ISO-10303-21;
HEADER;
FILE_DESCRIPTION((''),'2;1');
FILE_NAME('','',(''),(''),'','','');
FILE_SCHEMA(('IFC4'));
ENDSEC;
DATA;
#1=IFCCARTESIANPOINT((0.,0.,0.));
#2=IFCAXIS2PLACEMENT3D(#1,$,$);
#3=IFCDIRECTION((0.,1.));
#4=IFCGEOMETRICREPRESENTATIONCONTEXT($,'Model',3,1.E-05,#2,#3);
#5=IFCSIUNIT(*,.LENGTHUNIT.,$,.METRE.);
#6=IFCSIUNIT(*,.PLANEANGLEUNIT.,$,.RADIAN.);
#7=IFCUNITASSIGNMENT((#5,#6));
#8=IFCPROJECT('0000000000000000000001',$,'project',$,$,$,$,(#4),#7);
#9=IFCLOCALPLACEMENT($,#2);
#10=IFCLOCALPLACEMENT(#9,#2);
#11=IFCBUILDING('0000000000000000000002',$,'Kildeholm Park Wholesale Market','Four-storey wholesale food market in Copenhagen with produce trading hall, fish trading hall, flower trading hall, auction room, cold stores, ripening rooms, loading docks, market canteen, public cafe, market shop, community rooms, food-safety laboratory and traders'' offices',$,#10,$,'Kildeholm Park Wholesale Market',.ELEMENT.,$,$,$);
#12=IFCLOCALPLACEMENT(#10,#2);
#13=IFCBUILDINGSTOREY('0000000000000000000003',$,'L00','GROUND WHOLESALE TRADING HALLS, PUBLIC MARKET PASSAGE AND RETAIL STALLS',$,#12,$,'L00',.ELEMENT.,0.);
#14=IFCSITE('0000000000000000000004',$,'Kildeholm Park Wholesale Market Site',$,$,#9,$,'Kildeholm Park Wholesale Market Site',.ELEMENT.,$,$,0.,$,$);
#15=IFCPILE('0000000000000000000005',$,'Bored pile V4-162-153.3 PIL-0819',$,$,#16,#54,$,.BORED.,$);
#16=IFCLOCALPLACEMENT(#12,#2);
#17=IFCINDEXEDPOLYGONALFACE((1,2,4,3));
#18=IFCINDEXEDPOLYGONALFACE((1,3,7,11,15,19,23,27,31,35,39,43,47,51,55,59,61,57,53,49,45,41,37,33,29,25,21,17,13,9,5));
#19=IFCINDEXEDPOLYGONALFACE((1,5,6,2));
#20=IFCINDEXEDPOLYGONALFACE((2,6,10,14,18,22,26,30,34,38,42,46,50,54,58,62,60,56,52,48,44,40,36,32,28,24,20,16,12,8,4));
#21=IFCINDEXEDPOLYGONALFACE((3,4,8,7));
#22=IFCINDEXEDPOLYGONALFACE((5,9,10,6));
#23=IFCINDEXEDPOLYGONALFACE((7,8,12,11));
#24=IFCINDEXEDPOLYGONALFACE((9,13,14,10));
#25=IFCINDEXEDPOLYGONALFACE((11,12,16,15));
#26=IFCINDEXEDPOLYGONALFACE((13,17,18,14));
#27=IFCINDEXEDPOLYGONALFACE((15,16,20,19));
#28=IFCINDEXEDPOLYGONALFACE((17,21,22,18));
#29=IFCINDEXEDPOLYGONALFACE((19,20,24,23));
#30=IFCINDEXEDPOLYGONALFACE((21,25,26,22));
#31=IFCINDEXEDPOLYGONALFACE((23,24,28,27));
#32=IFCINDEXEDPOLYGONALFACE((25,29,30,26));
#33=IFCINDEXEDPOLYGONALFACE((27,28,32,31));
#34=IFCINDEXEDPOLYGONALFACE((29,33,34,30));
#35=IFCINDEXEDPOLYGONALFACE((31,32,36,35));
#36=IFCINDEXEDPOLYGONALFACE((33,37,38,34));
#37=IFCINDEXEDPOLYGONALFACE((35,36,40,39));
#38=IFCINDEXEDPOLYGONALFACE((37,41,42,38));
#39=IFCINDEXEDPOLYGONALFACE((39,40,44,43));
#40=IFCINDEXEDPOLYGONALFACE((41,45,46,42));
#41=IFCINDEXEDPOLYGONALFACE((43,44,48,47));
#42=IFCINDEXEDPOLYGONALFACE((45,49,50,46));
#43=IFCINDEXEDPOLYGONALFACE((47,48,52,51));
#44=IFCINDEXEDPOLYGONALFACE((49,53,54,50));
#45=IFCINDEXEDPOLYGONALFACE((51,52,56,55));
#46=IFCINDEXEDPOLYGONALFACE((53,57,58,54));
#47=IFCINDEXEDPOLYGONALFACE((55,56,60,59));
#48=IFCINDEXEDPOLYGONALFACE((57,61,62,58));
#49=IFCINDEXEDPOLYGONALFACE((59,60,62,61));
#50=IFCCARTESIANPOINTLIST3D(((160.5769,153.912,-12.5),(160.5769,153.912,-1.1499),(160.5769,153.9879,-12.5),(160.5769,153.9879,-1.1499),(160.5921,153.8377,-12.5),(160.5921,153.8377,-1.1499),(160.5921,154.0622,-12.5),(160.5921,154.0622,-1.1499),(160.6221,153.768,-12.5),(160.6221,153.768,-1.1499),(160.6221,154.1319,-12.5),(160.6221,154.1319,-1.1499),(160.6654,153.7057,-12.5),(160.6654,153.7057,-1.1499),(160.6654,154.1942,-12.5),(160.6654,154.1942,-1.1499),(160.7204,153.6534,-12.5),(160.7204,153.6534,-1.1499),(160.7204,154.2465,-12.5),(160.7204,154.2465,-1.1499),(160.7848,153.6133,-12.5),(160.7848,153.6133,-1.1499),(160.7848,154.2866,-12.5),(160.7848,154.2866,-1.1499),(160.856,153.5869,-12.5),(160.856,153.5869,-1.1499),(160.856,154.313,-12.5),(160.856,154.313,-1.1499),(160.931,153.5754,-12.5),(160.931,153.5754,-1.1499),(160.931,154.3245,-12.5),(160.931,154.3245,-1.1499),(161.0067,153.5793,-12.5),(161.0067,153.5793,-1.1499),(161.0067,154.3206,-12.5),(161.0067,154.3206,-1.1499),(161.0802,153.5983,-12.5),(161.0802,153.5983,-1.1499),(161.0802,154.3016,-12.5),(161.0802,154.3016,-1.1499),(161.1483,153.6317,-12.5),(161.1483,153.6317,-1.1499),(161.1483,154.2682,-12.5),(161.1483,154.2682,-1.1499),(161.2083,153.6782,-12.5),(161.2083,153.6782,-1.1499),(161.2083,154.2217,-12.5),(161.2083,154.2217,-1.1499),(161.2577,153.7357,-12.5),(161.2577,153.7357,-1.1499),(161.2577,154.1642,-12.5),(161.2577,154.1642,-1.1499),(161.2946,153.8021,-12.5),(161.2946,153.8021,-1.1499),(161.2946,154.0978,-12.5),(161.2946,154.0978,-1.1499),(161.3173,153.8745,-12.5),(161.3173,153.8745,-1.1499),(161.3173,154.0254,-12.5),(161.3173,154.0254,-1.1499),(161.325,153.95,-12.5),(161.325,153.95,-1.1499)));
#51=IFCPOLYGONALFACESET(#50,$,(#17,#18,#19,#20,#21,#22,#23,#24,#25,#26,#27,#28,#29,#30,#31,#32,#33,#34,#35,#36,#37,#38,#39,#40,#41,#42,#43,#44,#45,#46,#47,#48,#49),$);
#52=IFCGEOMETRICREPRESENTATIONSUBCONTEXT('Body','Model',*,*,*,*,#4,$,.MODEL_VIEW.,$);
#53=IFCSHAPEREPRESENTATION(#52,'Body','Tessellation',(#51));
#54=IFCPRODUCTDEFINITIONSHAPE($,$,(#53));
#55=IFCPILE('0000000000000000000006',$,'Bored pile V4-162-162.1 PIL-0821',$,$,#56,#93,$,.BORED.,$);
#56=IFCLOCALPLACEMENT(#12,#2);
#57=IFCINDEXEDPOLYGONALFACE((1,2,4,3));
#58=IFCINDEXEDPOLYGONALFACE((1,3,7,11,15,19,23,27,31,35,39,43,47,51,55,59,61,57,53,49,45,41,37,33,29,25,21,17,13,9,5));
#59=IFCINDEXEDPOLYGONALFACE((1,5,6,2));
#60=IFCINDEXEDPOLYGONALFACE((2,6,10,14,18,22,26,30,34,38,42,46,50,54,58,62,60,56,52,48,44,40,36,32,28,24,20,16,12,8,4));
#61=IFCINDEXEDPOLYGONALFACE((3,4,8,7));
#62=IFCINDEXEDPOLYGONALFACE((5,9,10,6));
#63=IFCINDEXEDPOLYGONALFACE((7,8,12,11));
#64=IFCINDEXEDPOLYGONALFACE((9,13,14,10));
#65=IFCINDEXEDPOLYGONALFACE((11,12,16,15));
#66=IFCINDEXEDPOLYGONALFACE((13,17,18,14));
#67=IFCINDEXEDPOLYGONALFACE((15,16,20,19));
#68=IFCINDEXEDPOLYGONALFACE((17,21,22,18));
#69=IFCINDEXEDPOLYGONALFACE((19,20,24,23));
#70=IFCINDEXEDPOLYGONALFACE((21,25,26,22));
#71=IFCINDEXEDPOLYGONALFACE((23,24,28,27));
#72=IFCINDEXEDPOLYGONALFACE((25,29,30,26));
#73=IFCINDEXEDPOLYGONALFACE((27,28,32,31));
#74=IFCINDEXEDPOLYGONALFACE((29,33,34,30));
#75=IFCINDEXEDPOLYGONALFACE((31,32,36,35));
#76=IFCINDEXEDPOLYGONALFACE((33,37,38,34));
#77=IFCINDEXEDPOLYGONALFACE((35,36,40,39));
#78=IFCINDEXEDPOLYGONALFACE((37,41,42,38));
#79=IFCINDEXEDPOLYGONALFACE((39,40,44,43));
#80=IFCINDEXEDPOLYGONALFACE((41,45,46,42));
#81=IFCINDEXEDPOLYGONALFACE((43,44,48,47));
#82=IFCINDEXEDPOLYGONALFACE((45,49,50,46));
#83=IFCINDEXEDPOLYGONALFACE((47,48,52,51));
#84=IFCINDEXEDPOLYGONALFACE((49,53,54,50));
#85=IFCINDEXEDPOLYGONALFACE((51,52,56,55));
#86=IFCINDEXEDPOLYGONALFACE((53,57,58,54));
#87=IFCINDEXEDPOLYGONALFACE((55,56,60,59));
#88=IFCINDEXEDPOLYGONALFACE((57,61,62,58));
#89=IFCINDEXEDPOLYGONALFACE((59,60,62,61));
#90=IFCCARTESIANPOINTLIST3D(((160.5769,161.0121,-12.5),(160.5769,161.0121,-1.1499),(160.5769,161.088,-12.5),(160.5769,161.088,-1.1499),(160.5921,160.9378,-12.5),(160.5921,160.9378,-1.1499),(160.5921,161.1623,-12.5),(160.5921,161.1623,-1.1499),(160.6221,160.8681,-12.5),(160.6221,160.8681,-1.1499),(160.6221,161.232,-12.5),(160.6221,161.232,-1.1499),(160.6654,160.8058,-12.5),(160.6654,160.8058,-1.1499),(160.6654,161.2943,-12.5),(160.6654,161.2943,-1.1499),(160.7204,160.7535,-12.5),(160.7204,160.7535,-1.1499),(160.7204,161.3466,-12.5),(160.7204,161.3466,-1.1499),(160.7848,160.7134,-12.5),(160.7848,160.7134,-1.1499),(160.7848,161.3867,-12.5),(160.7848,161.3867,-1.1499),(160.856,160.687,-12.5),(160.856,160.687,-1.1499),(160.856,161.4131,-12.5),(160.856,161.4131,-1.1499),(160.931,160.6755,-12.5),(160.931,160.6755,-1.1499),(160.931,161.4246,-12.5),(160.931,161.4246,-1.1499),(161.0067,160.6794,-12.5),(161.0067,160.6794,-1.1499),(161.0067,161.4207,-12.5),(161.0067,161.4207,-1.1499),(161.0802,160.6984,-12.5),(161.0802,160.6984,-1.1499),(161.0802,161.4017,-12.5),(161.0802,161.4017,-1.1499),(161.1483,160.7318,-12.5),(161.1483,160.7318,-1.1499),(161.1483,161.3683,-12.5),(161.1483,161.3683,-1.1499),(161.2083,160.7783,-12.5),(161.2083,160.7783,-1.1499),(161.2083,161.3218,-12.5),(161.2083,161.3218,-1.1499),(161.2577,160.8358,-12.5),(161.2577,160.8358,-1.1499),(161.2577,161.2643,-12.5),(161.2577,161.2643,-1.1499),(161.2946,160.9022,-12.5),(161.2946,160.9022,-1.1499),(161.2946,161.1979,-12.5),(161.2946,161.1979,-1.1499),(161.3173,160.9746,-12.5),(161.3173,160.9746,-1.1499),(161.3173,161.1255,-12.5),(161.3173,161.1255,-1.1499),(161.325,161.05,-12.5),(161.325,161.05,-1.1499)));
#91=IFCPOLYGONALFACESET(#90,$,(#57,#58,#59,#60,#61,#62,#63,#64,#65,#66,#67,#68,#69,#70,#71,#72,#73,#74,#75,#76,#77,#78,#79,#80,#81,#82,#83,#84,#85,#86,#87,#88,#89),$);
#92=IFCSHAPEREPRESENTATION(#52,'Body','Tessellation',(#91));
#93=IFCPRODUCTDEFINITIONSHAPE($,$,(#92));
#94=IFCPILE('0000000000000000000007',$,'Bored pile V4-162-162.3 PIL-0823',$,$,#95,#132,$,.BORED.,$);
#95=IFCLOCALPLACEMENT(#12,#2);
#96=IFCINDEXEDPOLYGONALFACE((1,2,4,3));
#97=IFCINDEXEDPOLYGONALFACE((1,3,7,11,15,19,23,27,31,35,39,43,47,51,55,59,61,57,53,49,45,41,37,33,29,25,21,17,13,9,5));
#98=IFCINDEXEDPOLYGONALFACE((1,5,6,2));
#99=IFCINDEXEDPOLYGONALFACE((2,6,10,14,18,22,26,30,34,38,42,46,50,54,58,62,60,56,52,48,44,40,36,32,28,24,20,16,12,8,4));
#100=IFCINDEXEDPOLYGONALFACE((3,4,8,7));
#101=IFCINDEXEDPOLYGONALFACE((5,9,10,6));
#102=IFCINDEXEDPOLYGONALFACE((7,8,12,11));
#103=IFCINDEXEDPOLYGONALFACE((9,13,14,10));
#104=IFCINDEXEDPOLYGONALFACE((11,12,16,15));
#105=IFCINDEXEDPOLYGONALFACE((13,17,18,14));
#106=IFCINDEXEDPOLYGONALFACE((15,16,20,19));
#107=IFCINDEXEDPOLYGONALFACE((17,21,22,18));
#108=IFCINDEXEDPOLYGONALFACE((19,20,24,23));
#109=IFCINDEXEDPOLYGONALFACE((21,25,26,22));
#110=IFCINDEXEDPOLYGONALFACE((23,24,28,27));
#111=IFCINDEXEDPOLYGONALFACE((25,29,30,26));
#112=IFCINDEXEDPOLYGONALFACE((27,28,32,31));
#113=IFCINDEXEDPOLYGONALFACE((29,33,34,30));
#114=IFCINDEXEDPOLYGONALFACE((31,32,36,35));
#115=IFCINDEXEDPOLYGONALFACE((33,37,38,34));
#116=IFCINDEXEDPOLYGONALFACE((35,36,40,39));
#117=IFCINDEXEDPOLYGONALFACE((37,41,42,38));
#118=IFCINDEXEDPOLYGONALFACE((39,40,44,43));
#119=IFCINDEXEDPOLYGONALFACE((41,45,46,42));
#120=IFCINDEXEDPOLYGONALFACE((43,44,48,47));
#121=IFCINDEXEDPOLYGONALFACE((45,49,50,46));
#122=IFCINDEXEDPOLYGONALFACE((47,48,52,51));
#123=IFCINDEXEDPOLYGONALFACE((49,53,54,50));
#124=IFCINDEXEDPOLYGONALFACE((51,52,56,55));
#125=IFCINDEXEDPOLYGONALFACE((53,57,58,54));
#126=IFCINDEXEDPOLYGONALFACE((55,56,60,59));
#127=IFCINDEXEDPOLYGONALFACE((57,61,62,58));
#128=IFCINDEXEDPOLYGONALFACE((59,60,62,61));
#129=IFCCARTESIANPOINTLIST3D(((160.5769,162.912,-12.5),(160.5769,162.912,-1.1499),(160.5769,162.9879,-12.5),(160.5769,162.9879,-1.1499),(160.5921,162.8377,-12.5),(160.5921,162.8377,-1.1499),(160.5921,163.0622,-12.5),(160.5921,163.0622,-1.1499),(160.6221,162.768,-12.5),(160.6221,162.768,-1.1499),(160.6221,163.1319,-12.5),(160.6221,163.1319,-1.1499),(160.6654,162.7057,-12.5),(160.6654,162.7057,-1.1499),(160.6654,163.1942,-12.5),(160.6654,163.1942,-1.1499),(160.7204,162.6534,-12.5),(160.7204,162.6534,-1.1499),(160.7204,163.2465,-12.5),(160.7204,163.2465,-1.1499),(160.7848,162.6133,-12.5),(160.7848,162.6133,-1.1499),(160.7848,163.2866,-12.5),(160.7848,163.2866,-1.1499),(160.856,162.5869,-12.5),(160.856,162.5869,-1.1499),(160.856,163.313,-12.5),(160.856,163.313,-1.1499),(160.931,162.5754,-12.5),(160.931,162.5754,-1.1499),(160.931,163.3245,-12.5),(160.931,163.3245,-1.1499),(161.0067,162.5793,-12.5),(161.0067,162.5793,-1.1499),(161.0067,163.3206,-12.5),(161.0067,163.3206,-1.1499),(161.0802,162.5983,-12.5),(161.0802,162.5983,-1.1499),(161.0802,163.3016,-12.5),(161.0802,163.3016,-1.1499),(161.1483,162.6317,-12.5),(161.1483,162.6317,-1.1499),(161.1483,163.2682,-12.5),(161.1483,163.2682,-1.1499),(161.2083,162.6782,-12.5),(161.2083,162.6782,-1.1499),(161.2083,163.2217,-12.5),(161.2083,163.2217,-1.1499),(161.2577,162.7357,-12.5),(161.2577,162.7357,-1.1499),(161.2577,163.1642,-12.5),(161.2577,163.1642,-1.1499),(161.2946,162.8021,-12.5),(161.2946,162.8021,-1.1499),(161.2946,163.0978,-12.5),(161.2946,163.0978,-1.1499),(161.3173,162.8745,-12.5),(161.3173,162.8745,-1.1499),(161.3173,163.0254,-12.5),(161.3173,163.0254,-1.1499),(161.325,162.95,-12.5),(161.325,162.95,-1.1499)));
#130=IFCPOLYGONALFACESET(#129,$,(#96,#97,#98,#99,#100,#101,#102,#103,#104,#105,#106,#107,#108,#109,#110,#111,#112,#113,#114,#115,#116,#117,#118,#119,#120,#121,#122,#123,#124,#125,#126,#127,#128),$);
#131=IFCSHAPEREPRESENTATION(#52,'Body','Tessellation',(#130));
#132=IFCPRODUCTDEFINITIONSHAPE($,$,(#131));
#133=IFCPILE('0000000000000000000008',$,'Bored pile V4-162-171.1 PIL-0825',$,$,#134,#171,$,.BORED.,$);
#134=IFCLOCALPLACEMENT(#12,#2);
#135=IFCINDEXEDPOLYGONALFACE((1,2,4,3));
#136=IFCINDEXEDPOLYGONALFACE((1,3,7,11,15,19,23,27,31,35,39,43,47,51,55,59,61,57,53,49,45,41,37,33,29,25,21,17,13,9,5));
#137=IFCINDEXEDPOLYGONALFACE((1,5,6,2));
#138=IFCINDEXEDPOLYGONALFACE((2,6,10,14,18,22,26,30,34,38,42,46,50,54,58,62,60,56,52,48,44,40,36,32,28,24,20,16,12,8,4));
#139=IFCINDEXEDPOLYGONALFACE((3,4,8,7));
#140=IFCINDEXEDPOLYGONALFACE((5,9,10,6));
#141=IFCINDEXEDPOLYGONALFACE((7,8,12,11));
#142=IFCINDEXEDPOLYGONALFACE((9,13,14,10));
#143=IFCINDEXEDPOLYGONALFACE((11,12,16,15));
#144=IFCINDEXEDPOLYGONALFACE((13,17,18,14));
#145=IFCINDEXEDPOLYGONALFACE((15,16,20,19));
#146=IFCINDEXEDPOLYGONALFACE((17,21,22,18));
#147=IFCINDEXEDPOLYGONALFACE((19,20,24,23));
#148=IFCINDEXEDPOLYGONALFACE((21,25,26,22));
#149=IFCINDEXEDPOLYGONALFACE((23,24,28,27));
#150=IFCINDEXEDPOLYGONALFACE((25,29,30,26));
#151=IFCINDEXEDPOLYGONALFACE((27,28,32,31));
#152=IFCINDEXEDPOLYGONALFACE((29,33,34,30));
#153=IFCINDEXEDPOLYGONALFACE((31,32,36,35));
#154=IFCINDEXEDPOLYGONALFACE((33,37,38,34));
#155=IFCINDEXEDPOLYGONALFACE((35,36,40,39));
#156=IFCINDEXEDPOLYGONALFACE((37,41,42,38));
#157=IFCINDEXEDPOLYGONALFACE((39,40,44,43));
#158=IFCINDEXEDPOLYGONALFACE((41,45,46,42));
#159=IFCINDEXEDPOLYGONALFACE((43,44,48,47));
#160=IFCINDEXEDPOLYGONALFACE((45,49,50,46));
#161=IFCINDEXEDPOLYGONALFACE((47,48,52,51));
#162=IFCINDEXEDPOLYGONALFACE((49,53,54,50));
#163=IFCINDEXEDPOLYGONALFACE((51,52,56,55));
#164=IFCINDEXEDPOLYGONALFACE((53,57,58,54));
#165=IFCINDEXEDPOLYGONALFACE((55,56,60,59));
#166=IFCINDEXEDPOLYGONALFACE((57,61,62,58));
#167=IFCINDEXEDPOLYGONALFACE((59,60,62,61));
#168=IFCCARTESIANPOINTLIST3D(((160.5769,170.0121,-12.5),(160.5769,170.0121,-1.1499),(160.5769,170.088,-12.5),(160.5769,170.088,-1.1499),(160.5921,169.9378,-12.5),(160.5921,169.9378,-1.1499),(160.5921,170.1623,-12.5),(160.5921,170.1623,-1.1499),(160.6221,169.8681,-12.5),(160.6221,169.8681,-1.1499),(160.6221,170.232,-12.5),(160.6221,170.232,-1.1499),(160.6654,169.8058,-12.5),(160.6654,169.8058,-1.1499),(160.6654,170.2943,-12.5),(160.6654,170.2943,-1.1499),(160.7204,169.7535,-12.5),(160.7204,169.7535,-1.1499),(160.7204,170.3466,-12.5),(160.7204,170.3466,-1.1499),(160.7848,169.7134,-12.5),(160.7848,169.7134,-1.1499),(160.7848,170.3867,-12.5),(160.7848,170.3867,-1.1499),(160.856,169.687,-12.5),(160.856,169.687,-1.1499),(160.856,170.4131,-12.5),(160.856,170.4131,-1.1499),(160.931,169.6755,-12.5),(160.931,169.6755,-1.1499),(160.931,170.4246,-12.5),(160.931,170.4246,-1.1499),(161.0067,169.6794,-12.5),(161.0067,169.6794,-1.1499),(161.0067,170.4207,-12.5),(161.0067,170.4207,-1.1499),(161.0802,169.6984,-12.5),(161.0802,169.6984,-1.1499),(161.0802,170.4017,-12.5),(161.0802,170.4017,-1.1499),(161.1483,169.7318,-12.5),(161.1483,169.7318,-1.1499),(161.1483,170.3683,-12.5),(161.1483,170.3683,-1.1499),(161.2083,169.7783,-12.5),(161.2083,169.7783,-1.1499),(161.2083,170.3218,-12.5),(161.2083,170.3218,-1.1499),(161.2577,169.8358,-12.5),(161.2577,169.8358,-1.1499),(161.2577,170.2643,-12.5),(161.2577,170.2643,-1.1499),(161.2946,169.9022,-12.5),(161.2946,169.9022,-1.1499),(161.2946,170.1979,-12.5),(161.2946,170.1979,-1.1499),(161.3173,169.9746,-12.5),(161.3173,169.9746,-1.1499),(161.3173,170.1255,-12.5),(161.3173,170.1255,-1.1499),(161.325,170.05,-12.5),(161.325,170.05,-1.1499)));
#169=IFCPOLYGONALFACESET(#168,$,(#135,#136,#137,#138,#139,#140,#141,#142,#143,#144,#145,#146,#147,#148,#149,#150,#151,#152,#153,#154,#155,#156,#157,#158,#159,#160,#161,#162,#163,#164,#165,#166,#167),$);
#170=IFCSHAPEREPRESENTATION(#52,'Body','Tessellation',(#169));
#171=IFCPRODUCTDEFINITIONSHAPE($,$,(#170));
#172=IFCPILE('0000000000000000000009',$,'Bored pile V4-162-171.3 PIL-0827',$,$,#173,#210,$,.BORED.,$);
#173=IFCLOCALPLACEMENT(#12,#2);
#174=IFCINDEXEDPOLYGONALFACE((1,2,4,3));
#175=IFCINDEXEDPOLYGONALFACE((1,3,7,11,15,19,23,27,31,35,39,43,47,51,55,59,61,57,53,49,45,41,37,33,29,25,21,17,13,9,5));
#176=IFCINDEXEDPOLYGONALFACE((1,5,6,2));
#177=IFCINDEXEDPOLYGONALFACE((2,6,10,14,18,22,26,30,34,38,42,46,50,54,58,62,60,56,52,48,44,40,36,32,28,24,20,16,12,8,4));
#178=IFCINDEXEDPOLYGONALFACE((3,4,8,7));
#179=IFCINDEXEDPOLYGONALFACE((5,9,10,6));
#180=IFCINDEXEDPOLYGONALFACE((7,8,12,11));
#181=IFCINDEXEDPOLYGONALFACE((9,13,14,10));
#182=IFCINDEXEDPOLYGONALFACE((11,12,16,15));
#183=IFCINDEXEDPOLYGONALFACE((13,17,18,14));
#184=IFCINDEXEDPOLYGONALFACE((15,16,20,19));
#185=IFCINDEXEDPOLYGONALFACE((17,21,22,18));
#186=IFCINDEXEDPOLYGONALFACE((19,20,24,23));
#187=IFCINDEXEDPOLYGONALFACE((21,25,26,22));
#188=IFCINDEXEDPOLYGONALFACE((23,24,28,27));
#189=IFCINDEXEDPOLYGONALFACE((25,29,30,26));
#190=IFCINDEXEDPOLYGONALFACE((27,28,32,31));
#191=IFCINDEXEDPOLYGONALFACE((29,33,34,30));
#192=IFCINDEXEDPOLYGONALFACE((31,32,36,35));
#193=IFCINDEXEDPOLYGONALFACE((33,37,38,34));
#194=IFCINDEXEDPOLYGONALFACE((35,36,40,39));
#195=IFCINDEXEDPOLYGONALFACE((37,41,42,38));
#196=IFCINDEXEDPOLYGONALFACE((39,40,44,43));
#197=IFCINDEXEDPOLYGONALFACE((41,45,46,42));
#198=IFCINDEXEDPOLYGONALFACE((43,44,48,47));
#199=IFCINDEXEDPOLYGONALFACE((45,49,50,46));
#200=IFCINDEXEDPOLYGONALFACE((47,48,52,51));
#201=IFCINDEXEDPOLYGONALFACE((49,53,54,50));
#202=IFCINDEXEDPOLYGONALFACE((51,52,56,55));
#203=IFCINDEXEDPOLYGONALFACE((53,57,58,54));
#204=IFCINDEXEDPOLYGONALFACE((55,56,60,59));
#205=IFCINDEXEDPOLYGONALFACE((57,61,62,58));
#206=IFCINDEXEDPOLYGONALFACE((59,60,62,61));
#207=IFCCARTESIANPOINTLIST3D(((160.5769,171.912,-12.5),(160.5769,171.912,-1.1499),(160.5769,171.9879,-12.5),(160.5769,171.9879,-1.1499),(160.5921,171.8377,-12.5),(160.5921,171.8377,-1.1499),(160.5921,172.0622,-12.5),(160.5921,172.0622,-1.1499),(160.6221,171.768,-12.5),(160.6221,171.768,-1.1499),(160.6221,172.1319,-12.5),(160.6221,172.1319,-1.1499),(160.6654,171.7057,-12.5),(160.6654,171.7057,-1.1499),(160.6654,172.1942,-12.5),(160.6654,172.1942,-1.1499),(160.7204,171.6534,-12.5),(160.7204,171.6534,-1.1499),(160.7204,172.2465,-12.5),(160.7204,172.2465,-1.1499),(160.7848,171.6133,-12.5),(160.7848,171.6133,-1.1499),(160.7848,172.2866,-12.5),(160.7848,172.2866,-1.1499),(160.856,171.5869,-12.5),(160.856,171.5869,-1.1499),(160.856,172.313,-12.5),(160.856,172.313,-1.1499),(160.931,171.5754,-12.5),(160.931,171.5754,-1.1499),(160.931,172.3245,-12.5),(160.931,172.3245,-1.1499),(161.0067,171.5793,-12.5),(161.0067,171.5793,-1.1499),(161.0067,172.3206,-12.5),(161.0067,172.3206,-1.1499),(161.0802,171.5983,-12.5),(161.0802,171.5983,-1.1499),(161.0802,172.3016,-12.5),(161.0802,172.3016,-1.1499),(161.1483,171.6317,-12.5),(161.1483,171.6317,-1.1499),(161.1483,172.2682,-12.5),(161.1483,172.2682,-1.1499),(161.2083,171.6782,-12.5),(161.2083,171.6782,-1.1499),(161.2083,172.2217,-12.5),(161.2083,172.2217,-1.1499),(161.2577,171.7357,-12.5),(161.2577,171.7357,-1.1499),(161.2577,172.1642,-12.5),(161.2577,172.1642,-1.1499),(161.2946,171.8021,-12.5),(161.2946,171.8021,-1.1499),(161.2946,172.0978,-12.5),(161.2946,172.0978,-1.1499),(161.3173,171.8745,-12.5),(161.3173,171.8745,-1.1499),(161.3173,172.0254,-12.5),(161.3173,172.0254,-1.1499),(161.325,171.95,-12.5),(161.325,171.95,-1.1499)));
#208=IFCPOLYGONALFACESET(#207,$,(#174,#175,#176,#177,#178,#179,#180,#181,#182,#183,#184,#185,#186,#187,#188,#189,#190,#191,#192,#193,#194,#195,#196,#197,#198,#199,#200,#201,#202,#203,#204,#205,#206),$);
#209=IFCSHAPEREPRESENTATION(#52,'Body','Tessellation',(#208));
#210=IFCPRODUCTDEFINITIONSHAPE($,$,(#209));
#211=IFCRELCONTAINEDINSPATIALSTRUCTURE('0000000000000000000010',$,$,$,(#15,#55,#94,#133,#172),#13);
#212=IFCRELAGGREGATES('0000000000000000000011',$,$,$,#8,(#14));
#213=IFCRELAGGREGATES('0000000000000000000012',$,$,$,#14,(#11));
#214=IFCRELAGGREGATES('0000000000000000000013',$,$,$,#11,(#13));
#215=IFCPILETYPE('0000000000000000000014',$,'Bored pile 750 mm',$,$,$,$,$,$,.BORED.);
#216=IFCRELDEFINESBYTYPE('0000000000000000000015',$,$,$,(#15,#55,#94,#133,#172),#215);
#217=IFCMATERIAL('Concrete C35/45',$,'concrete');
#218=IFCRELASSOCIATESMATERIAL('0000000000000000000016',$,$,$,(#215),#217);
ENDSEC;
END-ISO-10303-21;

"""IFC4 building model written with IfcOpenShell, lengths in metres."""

from ifc_helpers import new_model, si_unit, direction, frame, origin, origin_2d, place, context, subcontext, project, spatial, circle, extrude, material, material_profile, profile_set, type_object, element, save


model = new_model("IFC4")

# Units and contexts
model_context = context("Model", 3, precision=1e-05, world=origin(), true_north=direction((0.0, 1.0)))
body_context = subcontext(model_context, "Body", "Model", "MODEL_VIEW")
ifc_project = project(units=[si_unit("LENGTHUNIT", "METRE"), si_unit("PLANEANGLEUNIT", "RADIAN")], contexts=[model_context])

# Site, building, storey
site_placement = place(None, origin())
site = spatial("IfcSite", under=ifc_project, at=site_placement, Name="Kildeholm Park Wholesale Market Site", LongName="Kildeholm Park Wholesale Market Site", CompositionType="ELEMENT", RefElevation=0.0)
building_placement = place(site_placement, origin())
building = spatial("IfcBuilding", under=site, at=building_placement, Name="Kildeholm Park Wholesale Market", Description="Four-storey wholesale food market in Copenhagen with produce trading hall, fish trading hall, flower trading hall, auction room, cold stores, ripening rooms, loading docks, market canteen, public cafe, market shop, community rooms, food-safety laboratory and traders' offices", LongName="Kildeholm Park Wholesale Market", CompositionType="ELEMENT")
storey_placement = place(building_placement, origin())
storey = spatial("IfcBuildingStorey", under=building, at=storey_placement, Name="L00", Description="GROUND WHOLESALE TRADING HALLS, PUBLIC MARKET PASSAGE AND RETAIL STALLS", LongName="L00", CompositionType="ELEMENT", Elevation=0.0)

# Piles
ifc_material_1 = material(Name="Concrete C35/45", Category="concrete")
ifc_material_profile_1 = material_profile(ifc_material_1, circle(Radius=0.375, at=origin_2d()), Name="PILE D750")
ifc_profile_set_1 = profile_set([ifc_material_profile_1], Name="Concrete C35/45")
pile_type = type_object("IfcPileType", Name="Bored pile 750 mm", PredefinedType="BORED", material=ifc_profile_set_1)
for number, where, z_axis, x_axis, name in (
    (1, (160.95, 153.95, -1.1499), (0.0, 0.0, -1.0), (1.0, 0.0, 0.0), "Bored pile V4-162-153.3 PIL-0819"),
    (2, (160.95, 161.05, -1.1499), (0.0, 0.0, -1.0), (1.0, 0.0, 0.0), "Bored pile V4-162-162.1 PIL-0821"),
    (3, (160.95, 162.95, -1.1499), (0.0, 0.0, -1.0), (1.0, 0.0, 0.0), "Bored pile V4-162-162.3 PIL-0823"),
    (4, (160.95, 170.05, -1.1499), (0.0, 0.0, -1.0), (1.0, 0.0, 0.0), "Bored pile V4-162-171.1 PIL-0825"),
    (5, (160.95, 171.95, -1.1499), (0.0, 0.0, -1.0), (1.0, 0.0, 0.0), "Bored pile V4-162-171.3 PIL-0827"),
):
    element("IfcPile", number, at=place(storey_placement, frame(where, z_axis=z_axis, x_axis=x_axis)), inside=storey, type_object=pile_type, Name=name, PredefinedType="BORED", context=body_context, shape_type="SweptSolid", body=[
        extrude(circle(Radius=0.375, at=origin_2d()), origin(), (0.0, 0.0, 1.0), 11.3501),
    ])

save(model, "model.ifc")
